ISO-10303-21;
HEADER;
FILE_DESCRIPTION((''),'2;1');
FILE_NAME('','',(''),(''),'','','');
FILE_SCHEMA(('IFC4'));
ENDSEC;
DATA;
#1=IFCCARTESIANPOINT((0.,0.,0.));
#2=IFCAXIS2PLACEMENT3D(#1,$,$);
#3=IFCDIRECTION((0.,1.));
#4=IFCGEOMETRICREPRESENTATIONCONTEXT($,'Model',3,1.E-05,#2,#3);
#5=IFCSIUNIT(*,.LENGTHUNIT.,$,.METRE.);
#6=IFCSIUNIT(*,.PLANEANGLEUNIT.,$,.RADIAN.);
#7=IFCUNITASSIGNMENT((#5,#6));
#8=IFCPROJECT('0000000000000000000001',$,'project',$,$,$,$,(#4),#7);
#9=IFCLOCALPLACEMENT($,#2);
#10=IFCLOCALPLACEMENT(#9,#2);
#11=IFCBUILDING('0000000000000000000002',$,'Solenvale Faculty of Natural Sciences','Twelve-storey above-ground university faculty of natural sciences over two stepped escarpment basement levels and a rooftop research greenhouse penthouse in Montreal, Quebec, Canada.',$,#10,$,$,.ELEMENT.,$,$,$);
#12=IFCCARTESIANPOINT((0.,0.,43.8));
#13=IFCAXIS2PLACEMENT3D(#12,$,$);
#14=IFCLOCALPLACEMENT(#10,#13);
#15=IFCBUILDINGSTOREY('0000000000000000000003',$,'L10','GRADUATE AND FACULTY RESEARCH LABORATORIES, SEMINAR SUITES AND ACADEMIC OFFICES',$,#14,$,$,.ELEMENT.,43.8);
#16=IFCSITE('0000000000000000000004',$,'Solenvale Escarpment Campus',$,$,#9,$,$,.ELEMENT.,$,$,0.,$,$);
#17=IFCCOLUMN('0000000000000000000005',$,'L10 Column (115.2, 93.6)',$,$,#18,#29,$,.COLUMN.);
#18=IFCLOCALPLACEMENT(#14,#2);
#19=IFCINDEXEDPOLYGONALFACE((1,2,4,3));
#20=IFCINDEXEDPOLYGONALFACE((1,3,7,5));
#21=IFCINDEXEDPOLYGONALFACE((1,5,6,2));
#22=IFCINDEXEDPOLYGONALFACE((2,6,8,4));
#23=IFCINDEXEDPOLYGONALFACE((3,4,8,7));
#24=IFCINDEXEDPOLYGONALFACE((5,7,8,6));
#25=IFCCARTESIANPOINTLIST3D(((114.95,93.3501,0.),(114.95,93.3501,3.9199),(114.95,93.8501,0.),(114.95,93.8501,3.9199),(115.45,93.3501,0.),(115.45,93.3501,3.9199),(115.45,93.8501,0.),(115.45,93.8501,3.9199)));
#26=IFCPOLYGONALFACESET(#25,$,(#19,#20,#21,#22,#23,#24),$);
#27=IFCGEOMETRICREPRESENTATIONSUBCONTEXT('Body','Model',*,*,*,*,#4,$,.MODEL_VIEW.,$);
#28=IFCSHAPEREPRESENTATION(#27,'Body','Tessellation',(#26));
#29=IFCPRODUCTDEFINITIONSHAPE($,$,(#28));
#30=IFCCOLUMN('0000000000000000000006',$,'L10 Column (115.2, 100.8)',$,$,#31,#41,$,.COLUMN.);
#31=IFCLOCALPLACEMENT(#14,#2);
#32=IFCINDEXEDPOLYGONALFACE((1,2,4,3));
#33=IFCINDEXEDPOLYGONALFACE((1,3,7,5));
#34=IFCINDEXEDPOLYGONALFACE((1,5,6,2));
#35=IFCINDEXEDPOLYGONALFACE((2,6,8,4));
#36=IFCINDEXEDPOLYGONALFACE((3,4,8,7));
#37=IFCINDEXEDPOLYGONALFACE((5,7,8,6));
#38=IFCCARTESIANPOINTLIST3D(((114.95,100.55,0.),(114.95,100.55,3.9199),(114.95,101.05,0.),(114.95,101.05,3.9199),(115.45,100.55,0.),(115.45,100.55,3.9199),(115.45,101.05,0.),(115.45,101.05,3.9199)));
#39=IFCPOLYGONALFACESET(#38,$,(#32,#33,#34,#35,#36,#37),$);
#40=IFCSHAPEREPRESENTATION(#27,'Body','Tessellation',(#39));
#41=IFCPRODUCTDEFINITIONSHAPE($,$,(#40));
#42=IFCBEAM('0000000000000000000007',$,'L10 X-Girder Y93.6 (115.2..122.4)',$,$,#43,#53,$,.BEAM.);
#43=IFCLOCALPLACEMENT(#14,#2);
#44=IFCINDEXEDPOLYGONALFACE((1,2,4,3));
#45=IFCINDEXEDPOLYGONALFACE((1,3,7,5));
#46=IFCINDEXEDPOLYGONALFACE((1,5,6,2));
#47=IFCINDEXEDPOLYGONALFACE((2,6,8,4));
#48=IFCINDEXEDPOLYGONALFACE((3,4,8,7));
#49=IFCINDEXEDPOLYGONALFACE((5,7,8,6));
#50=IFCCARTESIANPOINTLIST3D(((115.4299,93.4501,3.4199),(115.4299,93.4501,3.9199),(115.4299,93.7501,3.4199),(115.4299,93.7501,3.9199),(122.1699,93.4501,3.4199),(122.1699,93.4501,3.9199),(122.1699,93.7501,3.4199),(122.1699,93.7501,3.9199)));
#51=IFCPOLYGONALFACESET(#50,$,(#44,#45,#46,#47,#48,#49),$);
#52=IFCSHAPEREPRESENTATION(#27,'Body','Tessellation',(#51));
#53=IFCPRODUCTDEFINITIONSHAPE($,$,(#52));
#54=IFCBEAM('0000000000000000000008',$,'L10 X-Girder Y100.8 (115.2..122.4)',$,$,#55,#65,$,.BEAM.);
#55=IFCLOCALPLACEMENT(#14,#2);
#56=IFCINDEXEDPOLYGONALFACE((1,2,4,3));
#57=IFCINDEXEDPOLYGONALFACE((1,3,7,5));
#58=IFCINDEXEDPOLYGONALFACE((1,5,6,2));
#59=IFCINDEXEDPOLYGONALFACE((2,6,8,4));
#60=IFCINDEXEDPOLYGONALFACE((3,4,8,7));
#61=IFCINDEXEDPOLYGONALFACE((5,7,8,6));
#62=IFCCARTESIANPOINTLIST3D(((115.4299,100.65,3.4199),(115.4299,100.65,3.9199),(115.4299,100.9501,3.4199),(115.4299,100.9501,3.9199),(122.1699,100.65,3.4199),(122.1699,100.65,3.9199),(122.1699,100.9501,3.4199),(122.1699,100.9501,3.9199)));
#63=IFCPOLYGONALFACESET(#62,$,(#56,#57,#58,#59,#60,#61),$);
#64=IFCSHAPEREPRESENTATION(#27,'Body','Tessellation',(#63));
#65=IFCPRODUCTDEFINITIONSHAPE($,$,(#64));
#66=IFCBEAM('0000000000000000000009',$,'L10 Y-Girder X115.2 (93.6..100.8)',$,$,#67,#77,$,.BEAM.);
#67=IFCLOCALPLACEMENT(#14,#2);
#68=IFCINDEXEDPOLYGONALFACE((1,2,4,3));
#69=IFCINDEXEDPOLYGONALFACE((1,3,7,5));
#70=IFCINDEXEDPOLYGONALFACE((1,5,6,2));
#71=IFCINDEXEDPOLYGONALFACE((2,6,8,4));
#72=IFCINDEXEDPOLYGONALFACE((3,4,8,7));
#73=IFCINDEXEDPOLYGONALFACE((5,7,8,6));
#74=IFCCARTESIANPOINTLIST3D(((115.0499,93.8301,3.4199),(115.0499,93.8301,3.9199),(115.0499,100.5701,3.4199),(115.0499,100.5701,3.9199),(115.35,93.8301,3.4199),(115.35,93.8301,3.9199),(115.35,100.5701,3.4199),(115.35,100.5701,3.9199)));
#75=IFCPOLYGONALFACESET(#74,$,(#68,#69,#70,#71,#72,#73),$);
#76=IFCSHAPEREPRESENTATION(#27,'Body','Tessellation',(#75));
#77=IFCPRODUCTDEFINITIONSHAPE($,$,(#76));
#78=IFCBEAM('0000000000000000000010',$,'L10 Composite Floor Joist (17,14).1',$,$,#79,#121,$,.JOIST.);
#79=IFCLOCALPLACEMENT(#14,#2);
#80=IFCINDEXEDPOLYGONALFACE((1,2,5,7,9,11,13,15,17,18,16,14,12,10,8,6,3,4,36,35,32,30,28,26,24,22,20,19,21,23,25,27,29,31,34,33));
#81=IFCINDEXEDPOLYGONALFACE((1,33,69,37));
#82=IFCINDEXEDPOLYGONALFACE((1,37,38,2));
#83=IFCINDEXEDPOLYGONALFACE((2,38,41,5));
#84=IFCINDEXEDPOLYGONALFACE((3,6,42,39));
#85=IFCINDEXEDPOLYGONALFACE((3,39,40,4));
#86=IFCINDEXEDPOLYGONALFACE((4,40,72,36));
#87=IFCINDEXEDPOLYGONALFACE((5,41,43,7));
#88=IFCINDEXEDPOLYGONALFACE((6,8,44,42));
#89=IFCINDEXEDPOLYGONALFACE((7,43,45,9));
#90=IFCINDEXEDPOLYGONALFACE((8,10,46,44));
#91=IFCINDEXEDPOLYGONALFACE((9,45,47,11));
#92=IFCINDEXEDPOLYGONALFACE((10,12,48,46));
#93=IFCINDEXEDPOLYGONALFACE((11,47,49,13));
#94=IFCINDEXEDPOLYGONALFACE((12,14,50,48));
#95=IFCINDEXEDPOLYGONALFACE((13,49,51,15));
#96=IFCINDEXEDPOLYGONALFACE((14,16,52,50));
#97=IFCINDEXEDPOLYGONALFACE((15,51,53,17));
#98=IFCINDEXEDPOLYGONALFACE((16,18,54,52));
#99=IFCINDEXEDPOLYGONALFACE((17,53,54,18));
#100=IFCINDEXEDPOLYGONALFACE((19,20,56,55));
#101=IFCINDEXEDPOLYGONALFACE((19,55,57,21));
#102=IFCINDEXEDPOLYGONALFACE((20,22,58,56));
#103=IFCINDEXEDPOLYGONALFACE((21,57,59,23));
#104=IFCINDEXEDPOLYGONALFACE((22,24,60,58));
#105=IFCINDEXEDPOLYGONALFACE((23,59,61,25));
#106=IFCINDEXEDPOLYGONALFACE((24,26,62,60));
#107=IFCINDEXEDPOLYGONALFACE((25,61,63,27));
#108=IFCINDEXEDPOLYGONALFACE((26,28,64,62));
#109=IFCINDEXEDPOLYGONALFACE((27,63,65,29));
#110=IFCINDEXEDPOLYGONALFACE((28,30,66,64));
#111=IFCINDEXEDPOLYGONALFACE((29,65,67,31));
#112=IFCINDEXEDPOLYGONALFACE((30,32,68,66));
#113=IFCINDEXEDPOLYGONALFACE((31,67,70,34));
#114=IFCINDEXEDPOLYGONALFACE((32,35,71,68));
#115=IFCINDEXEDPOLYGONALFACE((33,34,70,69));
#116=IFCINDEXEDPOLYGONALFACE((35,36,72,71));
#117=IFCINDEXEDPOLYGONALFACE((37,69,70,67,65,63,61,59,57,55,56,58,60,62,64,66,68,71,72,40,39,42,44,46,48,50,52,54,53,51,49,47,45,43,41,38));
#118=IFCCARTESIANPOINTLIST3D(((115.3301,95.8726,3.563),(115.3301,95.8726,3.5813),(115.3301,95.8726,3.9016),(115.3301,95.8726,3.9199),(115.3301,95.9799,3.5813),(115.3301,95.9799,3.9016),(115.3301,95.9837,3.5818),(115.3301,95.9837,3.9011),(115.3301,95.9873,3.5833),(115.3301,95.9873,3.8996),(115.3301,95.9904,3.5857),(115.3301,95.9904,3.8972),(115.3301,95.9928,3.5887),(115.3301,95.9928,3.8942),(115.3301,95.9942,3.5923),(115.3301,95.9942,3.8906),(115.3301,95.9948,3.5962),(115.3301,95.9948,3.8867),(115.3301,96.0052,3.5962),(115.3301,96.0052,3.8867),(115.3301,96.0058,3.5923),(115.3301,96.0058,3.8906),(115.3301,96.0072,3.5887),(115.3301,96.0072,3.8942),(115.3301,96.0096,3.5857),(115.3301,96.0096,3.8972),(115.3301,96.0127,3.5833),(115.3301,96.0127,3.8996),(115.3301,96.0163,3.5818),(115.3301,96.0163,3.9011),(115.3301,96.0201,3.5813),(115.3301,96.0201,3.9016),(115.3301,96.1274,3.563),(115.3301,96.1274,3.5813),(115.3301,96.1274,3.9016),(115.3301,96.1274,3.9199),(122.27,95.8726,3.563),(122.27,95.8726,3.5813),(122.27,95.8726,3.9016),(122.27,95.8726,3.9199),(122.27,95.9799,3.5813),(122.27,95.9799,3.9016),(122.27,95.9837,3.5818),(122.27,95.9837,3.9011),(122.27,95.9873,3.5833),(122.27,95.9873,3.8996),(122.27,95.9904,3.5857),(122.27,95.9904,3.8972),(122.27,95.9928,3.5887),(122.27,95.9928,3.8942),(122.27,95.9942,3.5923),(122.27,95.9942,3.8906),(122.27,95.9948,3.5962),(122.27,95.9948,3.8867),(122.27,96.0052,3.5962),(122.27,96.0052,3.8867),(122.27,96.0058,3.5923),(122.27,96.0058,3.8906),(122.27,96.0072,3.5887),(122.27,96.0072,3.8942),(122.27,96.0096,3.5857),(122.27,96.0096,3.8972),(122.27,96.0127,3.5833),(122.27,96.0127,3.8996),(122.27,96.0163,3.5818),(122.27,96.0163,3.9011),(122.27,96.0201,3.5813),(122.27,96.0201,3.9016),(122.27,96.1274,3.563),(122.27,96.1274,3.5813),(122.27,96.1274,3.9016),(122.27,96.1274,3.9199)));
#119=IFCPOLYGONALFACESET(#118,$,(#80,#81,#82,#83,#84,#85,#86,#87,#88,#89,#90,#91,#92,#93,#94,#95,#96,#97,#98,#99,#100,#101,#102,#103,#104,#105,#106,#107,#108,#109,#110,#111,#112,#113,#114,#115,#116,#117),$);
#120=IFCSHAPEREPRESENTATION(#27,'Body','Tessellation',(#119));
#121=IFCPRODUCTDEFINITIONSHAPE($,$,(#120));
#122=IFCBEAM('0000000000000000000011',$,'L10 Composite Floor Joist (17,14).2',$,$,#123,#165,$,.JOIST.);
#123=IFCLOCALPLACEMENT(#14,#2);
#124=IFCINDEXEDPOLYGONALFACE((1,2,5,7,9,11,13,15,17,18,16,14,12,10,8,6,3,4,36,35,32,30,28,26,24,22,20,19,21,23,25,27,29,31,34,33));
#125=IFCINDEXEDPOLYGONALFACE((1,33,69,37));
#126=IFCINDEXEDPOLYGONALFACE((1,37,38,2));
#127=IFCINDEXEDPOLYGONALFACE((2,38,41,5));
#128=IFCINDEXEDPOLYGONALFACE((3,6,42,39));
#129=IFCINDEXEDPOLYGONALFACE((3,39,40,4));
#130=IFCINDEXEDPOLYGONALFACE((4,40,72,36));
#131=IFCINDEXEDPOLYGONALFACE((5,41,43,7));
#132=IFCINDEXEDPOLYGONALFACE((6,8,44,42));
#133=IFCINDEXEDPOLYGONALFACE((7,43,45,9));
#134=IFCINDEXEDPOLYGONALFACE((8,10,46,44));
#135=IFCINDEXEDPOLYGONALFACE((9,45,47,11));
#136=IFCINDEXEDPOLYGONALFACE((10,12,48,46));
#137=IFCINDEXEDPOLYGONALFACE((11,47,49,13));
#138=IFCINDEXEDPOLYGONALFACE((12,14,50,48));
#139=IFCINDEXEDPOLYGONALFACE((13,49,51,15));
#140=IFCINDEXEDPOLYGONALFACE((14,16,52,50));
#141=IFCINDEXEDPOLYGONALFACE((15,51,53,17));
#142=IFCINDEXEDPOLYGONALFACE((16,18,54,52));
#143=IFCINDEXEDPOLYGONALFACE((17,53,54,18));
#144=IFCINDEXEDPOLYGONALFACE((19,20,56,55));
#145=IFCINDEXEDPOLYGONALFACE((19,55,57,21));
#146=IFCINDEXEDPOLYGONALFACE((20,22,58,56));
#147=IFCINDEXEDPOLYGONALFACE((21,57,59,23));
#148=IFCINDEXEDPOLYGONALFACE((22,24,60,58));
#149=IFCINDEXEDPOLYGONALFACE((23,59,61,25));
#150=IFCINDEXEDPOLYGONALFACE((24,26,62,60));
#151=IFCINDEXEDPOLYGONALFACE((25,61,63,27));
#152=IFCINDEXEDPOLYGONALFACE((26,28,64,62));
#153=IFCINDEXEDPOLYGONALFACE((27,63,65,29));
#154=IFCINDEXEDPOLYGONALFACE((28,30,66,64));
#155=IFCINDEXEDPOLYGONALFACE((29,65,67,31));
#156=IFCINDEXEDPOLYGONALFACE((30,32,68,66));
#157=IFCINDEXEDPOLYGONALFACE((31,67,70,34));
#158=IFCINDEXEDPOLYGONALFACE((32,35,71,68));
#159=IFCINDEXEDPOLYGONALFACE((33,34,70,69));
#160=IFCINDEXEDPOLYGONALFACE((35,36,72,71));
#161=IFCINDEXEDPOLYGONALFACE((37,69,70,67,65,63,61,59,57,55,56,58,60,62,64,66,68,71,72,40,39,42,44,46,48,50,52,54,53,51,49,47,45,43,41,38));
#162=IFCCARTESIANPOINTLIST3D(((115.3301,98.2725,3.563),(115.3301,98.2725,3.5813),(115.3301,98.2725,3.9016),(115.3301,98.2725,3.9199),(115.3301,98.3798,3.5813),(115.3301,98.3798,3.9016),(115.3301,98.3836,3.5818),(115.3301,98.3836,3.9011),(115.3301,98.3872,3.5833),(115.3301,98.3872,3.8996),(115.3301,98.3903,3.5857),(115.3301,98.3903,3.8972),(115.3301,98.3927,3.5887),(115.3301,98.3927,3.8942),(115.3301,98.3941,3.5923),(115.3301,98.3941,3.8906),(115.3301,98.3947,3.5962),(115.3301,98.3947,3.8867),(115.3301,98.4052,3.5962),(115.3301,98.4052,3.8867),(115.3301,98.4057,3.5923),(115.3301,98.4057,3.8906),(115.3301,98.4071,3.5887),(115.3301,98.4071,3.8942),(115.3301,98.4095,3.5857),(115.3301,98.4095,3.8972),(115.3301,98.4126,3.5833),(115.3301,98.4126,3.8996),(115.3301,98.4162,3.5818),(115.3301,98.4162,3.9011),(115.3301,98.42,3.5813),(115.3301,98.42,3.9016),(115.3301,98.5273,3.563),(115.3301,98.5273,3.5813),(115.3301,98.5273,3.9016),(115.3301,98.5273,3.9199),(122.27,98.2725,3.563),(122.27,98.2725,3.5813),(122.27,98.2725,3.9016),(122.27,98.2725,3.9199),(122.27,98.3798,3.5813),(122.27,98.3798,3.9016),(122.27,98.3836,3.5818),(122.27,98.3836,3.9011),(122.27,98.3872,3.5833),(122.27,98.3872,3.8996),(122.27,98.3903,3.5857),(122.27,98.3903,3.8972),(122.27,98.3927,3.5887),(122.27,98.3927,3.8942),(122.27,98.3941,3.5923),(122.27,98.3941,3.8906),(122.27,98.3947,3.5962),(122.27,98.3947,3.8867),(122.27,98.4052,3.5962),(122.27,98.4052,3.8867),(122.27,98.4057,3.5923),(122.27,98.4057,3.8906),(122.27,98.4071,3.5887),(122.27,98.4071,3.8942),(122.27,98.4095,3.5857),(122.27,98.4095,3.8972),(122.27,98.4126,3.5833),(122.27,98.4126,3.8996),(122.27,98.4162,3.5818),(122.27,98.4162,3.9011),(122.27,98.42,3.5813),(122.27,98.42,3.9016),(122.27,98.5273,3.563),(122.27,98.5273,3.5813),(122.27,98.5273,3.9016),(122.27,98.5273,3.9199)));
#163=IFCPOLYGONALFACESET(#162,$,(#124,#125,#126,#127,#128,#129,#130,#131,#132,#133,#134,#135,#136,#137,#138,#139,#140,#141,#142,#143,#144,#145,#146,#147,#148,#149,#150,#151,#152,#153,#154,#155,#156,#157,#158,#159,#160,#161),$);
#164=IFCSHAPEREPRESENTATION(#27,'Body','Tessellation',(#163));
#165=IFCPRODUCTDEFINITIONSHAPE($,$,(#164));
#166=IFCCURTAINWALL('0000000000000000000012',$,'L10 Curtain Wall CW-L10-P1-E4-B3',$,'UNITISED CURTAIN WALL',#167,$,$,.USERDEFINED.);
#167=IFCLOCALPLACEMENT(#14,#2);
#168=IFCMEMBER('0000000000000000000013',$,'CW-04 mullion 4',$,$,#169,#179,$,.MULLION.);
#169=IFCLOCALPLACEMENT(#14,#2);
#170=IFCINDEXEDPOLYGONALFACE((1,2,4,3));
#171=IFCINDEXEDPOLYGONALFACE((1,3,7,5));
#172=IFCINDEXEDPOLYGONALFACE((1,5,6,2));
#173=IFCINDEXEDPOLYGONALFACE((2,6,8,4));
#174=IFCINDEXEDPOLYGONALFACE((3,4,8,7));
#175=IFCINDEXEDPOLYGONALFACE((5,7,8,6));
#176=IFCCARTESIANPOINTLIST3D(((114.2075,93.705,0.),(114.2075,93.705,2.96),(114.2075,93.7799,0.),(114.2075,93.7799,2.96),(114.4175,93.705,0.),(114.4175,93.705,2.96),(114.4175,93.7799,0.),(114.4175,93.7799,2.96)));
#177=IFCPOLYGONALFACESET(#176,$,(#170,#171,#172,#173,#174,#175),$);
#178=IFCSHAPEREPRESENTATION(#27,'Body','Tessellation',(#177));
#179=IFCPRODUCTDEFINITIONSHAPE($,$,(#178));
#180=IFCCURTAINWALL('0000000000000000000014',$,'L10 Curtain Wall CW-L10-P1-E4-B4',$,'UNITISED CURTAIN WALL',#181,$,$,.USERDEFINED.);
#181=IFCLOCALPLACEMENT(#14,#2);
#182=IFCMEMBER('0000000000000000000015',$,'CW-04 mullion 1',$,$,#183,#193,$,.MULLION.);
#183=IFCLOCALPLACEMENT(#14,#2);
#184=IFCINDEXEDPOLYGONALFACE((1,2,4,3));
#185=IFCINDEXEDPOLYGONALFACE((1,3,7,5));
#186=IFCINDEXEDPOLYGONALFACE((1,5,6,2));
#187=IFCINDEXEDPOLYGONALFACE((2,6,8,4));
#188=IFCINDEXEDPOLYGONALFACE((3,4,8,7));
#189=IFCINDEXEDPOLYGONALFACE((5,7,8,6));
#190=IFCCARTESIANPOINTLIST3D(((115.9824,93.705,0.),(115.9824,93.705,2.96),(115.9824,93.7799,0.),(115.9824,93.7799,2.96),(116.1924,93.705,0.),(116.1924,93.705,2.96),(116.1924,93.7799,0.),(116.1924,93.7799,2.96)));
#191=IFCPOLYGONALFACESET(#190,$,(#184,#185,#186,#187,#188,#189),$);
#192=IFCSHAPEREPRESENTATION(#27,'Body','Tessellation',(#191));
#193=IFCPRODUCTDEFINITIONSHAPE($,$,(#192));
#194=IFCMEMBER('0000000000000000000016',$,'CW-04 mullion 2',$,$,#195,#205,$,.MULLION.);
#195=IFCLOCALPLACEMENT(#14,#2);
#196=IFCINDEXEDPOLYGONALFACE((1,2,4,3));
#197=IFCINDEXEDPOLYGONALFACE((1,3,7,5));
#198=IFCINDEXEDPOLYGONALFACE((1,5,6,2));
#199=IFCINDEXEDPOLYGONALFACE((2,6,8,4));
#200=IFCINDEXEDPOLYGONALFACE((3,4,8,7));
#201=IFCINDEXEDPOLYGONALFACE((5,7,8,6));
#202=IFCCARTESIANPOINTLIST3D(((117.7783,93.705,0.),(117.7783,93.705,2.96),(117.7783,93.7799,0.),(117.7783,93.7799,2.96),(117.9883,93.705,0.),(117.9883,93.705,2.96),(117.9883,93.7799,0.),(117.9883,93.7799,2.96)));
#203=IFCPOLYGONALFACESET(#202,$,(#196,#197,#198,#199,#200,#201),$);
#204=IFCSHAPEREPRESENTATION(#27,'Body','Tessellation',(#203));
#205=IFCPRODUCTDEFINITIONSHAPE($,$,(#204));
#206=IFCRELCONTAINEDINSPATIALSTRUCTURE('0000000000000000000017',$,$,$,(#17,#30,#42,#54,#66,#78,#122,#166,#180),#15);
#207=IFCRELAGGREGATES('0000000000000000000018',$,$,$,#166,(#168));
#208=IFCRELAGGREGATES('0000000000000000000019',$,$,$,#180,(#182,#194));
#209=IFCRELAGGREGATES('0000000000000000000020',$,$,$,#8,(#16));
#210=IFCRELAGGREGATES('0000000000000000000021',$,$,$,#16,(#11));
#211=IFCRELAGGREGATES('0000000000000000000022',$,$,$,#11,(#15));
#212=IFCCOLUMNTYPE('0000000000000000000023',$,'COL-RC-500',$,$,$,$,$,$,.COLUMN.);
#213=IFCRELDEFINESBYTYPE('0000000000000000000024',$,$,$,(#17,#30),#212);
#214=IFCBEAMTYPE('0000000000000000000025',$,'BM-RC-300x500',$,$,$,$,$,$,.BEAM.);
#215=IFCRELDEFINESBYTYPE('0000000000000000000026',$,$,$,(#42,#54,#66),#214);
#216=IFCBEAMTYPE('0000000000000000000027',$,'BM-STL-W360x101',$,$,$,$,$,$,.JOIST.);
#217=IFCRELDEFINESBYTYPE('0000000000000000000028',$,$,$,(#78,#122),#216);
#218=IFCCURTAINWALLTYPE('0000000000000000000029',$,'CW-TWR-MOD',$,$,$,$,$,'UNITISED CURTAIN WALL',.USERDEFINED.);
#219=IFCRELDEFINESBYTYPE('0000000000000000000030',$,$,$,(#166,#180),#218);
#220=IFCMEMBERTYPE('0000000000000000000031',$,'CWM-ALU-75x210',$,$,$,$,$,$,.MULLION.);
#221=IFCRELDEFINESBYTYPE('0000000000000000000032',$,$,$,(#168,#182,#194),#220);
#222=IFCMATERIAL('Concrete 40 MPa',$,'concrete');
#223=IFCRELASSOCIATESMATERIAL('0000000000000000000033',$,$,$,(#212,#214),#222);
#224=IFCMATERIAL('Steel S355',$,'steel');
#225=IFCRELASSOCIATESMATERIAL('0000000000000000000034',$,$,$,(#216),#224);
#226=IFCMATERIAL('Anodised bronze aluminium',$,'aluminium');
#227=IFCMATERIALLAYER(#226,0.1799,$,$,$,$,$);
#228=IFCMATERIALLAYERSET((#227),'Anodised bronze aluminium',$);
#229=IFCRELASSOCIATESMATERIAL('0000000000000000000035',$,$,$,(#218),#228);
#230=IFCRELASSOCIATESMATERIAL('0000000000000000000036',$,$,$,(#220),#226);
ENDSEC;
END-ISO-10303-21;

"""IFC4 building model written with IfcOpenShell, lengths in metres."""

from ifc_helpers import new_model, si_unit, direction, frame, origin, origin_2d, place, context, subcontext, project, spatial, rectangle, i_section, extrude, material, layer, layer_set, material_profile, profile_set, type_object, element, aggregate, save


model = new_model("IFC4")

# Units and contexts
model_context = context("Model", 3, precision=1e-05, world=origin(), true_north=direction((0.0, 1.0)))
body_context = subcontext(model_context, "Body", "Model", "MODEL_VIEW")
ifc_project = project(units=[si_unit("LENGTHUNIT", "METRE"), si_unit("PLANEANGLEUNIT", "RADIAN")], contexts=[model_context])

# Site, building, storey
site_placement = place(None, origin())
site = spatial("IfcSite", under=ifc_project, at=site_placement, Name="Solenvale Escarpment Campus", CompositionType="ELEMENT", RefElevation=0.0)
building_placement = place(site_placement, origin())
building = spatial("IfcBuilding", under=site, at=building_placement, Name="Solenvale Faculty of Natural Sciences", Description="Twelve-storey above-ground university faculty of natural sciences over two stepped escarpment basement levels and a rooftop research greenhouse penthouse in Montreal, Quebec, Canada.", CompositionType="ELEMENT")
storey_placement = place(building_placement, frame((0.0, 0.0, 43.8)))
storey = spatial("IfcBuildingStorey", under=building, at=storey_placement, Name="L10", Description="GRADUATE AND FACULTY RESEARCH LABORATORIES, SEMINAR SUITES AND ACADEMIC OFFICES", CompositionType="ELEMENT", Elevation=43.8)

# Columns
ifc_material_1 = material(Name="Concrete 40 MPa", Category="concrete")
ifc_material_profile_1 = material_profile(ifc_material_1, rectangle(XDim=0.5, YDim=0.5, at=origin_2d()), Name="RC-COL-500x500")
ifc_profile_set_1 = profile_set([ifc_material_profile_1], Name="Concrete 40 MPa")
column_type = type_object("IfcColumnType", Name="COL-RC-500", PredefinedType="COLUMN", material=ifc_profile_set_1)
for number, where, z_axis, x_axis, name in (
    (1, (115.2, 93.6001, 0.0), (0.0, 0.0, 1.0), (1.0, 0.0, 0.0), "L10 Column (115.2, 93.6)"),
    (2, (115.2, 100.8, 0.0), (0.0, 0.0, 1.0), (1.0, 0.0, 0.0), "L10 Column (115.2, 100.8)"),
):
    element("IfcColumn", number, at=place(storey_placement, frame(where, z_axis=z_axis, x_axis=x_axis)), inside=storey, type_object=column_type, Name=name, PredefinedType="COLUMN", context=body_context, shape_type="SweptSolid", body=[
        extrude(rectangle(XDim=0.5, YDim=0.5, at=origin_2d()), origin(), (0.0, 0.0, 1.0), 3.9199),
    ])

# Beams
ifc_material_profile_2 = material_profile(ifc_material_1, rectangle(XDim=0.3, YDim=0.5, at=origin_2d()), Name="RC-BM-300x500")
ifc_profile_set_2 = profile_set([ifc_material_profile_2], Name="Concrete 40 MPa")
beam_type_1 = type_object("IfcBeamType", Name="BM-RC-300x500", PredefinedType="BEAM", material=ifc_profile_set_2)
for number, where, z_axis, x_axis, name in (
    (3, (115.4299, 93.6001, 3.6699), (1.0, 0.0, 0.0), (0.0, 1.0, 0.0), "L10 X-Girder Y93.6 (115.2..122.4)"),
    (4, (115.4299, 100.8, 3.6699), (1.0, 0.0, 0.0), (0.0, 1.0, 0.0), "L10 X-Girder Y100.8 (115.2..122.4)"),
    (5, (115.2, 93.8301, 3.6699), (0.0, 1.0, 0.0), (-1.0, 0.0, 0.0), "L10 Y-Girder X115.2 (93.6..100.8)"),
):
    element("IfcBeam", number, at=place(storey_placement, frame(where, z_axis=z_axis, x_axis=x_axis)), inside=storey, type_object=beam_type_1, Name=name, PredefinedType="BEAM", context=body_context, shape_type="SweptSolid", body=[
        extrude(rectangle(XDim=0.3, YDim=0.5, at=origin_2d()), origin(), (0.0, 0.0, 1.0), 6.74),
    ])
ifc_material_2 = material(Name="Steel S355", Category="steel")
ifc_material_profile_3 = material_profile(ifc_material_2, i_section(OverallWidth=0.2549, OverallDepth=0.3569, WebThickness=0.0105, FlangeThickness=0.0183, FilletRadius=0.0149, at=origin_2d()), Name="W360x101")
ifc_profile_set_3 = profile_set([ifc_material_profile_3], Name="Steel S355")
beam_type_2 = type_object("IfcBeamType", Name="BM-STL-W360x101", PredefinedType="JOIST", material=ifc_profile_set_3)
for number, where, z_axis, x_axis, name in (
    (6, (115.3301, 96.0, 3.7415), (1.0, 0.0, 0.0), (0.0, 1.0, 0.0), "L10 Composite Floor Joist (17,14).1"),
    (7, (115.3301, 98.3999, 3.7415), (1.0, 0.0, 0.0), (0.0, 1.0, 0.0), "L10 Composite Floor Joist (17,14).2"),
):
    element("IfcBeam", number, at=place(storey_placement, frame(where, z_axis=z_axis, x_axis=x_axis)), inside=storey, type_object=beam_type_2, Name=name, PredefinedType="JOIST", context=body_context, shape_type="SweptSolid", body=[
        extrude(i_section(OverallWidth=0.2549, OverallDepth=0.3569, WebThickness=0.0105, FlangeThickness=0.0183, FilletRadius=0.0149, at=origin_2d()), origin(), (0.0, 0.0, 1.0), 6.9399),
    ])

# Curtain wall, member
ifc_material_3 = material(Name="Anodised bronze aluminium", Category="aluminium")
ifc_layer_1 = layer(ifc_material_3, 0.1799)
ifc_layer_set_1 = layer_set([ifc_layer_1], Name="Anodised bronze aluminium")
curtain_wall_type = type_object("IfcCurtainWallType", Name="CW-TWR-MOD", ElementType="UNITISED CURTAIN WALL", PredefinedType="USERDEFINED", material=ifc_layer_set_1)
curtain_wall_1_placement = place(storey_placement, origin())
curtain_wall_1 = element("IfcCurtainWall", 8, at=curtain_wall_1_placement, inside=storey, type_object=curtain_wall_type, Name="L10 Curtain Wall CW-L10-P1-E4-B3", ObjectType="UNITISED CURTAIN WALL", PredefinedType="USERDEFINED")
ifc_material_profile_4 = material_profile(ifc_material_3, rectangle(XDim=0.075, YDim=0.21, at=origin_2d()), Name="ALU-MUL-75x210")
ifc_profile_set_4 = profile_set([ifc_material_profile_4], Name="Anodised bronze aluminium")
member_type_1 = type_object("IfcMemberType", Name="CWM-ALU-75x210", PredefinedType="MULLION", material=ifc_profile_set_4)
member_1_placement = place(storey_placement, frame((114.3125, 93.7424, 0.0), z_axis=(0.0, 0.0, 1.0), x_axis=(0.0, 1.0, 0.0)))
member_1 = element("IfcMember", 9, at=member_1_placement, type_object=member_type_1, Name="CW-04 mullion 4", PredefinedType="MULLION", context=body_context, shape_type="SweptSolid", body=[
    extrude(rectangle(XDim=0.075, YDim=0.21, at=origin_2d()), origin(), (0.0, 0.0, 1.0), 2.96),
])

# Curtain wall, members
curtain_wall_2_placement = place(storey_placement, origin())
curtain_wall_2 = element("IfcCurtainWall", 10, at=curtain_wall_2_placement, inside=storey, type_object=curtain_wall_type, Name="L10 Curtain Wall CW-L10-P1-E4-B4", ObjectType="UNITISED CURTAIN WALL", PredefinedType="USERDEFINED")
member_2_placement = place(storey_placement, frame((116.0874, 93.7424, 0.0), z_axis=(0.0, 0.0, 1.0), x_axis=(0.0, 1.0, 0.0)))
member_2 = element("IfcMember", 11, at=member_2_placement, type_object=member_type_1, Name="CW-04 mullion 1", PredefinedType="MULLION", context=body_context, shape_type="SweptSolid", body=[
    extrude(rectangle(XDim=0.075, YDim=0.21, at=origin_2d()), origin(), (0.0, 0.0, 1.0), 2.96),
])
member_3_placement = place(storey_placement, frame((117.8833, 93.7424, 0.0), z_axis=(0.0, 0.0, 1.0), x_axis=(0.0, 1.0, 0.0)))
member_3 = element("IfcMember", 12, at=member_3_placement, type_object=member_type_1, Name="CW-04 mullion 2", PredefinedType="MULLION", context=body_context, shape_type="SweptSolid", body=[
    extrude(rectangle(XDim=0.075, YDim=0.21, at=origin_2d()), origin(), (0.0, 0.0, 1.0), 2.96),
])

aggregate(curtain_wall_1, [member_1])
aggregate(curtain_wall_2, [member_2, member_3])

save(model, "model.ifc")
